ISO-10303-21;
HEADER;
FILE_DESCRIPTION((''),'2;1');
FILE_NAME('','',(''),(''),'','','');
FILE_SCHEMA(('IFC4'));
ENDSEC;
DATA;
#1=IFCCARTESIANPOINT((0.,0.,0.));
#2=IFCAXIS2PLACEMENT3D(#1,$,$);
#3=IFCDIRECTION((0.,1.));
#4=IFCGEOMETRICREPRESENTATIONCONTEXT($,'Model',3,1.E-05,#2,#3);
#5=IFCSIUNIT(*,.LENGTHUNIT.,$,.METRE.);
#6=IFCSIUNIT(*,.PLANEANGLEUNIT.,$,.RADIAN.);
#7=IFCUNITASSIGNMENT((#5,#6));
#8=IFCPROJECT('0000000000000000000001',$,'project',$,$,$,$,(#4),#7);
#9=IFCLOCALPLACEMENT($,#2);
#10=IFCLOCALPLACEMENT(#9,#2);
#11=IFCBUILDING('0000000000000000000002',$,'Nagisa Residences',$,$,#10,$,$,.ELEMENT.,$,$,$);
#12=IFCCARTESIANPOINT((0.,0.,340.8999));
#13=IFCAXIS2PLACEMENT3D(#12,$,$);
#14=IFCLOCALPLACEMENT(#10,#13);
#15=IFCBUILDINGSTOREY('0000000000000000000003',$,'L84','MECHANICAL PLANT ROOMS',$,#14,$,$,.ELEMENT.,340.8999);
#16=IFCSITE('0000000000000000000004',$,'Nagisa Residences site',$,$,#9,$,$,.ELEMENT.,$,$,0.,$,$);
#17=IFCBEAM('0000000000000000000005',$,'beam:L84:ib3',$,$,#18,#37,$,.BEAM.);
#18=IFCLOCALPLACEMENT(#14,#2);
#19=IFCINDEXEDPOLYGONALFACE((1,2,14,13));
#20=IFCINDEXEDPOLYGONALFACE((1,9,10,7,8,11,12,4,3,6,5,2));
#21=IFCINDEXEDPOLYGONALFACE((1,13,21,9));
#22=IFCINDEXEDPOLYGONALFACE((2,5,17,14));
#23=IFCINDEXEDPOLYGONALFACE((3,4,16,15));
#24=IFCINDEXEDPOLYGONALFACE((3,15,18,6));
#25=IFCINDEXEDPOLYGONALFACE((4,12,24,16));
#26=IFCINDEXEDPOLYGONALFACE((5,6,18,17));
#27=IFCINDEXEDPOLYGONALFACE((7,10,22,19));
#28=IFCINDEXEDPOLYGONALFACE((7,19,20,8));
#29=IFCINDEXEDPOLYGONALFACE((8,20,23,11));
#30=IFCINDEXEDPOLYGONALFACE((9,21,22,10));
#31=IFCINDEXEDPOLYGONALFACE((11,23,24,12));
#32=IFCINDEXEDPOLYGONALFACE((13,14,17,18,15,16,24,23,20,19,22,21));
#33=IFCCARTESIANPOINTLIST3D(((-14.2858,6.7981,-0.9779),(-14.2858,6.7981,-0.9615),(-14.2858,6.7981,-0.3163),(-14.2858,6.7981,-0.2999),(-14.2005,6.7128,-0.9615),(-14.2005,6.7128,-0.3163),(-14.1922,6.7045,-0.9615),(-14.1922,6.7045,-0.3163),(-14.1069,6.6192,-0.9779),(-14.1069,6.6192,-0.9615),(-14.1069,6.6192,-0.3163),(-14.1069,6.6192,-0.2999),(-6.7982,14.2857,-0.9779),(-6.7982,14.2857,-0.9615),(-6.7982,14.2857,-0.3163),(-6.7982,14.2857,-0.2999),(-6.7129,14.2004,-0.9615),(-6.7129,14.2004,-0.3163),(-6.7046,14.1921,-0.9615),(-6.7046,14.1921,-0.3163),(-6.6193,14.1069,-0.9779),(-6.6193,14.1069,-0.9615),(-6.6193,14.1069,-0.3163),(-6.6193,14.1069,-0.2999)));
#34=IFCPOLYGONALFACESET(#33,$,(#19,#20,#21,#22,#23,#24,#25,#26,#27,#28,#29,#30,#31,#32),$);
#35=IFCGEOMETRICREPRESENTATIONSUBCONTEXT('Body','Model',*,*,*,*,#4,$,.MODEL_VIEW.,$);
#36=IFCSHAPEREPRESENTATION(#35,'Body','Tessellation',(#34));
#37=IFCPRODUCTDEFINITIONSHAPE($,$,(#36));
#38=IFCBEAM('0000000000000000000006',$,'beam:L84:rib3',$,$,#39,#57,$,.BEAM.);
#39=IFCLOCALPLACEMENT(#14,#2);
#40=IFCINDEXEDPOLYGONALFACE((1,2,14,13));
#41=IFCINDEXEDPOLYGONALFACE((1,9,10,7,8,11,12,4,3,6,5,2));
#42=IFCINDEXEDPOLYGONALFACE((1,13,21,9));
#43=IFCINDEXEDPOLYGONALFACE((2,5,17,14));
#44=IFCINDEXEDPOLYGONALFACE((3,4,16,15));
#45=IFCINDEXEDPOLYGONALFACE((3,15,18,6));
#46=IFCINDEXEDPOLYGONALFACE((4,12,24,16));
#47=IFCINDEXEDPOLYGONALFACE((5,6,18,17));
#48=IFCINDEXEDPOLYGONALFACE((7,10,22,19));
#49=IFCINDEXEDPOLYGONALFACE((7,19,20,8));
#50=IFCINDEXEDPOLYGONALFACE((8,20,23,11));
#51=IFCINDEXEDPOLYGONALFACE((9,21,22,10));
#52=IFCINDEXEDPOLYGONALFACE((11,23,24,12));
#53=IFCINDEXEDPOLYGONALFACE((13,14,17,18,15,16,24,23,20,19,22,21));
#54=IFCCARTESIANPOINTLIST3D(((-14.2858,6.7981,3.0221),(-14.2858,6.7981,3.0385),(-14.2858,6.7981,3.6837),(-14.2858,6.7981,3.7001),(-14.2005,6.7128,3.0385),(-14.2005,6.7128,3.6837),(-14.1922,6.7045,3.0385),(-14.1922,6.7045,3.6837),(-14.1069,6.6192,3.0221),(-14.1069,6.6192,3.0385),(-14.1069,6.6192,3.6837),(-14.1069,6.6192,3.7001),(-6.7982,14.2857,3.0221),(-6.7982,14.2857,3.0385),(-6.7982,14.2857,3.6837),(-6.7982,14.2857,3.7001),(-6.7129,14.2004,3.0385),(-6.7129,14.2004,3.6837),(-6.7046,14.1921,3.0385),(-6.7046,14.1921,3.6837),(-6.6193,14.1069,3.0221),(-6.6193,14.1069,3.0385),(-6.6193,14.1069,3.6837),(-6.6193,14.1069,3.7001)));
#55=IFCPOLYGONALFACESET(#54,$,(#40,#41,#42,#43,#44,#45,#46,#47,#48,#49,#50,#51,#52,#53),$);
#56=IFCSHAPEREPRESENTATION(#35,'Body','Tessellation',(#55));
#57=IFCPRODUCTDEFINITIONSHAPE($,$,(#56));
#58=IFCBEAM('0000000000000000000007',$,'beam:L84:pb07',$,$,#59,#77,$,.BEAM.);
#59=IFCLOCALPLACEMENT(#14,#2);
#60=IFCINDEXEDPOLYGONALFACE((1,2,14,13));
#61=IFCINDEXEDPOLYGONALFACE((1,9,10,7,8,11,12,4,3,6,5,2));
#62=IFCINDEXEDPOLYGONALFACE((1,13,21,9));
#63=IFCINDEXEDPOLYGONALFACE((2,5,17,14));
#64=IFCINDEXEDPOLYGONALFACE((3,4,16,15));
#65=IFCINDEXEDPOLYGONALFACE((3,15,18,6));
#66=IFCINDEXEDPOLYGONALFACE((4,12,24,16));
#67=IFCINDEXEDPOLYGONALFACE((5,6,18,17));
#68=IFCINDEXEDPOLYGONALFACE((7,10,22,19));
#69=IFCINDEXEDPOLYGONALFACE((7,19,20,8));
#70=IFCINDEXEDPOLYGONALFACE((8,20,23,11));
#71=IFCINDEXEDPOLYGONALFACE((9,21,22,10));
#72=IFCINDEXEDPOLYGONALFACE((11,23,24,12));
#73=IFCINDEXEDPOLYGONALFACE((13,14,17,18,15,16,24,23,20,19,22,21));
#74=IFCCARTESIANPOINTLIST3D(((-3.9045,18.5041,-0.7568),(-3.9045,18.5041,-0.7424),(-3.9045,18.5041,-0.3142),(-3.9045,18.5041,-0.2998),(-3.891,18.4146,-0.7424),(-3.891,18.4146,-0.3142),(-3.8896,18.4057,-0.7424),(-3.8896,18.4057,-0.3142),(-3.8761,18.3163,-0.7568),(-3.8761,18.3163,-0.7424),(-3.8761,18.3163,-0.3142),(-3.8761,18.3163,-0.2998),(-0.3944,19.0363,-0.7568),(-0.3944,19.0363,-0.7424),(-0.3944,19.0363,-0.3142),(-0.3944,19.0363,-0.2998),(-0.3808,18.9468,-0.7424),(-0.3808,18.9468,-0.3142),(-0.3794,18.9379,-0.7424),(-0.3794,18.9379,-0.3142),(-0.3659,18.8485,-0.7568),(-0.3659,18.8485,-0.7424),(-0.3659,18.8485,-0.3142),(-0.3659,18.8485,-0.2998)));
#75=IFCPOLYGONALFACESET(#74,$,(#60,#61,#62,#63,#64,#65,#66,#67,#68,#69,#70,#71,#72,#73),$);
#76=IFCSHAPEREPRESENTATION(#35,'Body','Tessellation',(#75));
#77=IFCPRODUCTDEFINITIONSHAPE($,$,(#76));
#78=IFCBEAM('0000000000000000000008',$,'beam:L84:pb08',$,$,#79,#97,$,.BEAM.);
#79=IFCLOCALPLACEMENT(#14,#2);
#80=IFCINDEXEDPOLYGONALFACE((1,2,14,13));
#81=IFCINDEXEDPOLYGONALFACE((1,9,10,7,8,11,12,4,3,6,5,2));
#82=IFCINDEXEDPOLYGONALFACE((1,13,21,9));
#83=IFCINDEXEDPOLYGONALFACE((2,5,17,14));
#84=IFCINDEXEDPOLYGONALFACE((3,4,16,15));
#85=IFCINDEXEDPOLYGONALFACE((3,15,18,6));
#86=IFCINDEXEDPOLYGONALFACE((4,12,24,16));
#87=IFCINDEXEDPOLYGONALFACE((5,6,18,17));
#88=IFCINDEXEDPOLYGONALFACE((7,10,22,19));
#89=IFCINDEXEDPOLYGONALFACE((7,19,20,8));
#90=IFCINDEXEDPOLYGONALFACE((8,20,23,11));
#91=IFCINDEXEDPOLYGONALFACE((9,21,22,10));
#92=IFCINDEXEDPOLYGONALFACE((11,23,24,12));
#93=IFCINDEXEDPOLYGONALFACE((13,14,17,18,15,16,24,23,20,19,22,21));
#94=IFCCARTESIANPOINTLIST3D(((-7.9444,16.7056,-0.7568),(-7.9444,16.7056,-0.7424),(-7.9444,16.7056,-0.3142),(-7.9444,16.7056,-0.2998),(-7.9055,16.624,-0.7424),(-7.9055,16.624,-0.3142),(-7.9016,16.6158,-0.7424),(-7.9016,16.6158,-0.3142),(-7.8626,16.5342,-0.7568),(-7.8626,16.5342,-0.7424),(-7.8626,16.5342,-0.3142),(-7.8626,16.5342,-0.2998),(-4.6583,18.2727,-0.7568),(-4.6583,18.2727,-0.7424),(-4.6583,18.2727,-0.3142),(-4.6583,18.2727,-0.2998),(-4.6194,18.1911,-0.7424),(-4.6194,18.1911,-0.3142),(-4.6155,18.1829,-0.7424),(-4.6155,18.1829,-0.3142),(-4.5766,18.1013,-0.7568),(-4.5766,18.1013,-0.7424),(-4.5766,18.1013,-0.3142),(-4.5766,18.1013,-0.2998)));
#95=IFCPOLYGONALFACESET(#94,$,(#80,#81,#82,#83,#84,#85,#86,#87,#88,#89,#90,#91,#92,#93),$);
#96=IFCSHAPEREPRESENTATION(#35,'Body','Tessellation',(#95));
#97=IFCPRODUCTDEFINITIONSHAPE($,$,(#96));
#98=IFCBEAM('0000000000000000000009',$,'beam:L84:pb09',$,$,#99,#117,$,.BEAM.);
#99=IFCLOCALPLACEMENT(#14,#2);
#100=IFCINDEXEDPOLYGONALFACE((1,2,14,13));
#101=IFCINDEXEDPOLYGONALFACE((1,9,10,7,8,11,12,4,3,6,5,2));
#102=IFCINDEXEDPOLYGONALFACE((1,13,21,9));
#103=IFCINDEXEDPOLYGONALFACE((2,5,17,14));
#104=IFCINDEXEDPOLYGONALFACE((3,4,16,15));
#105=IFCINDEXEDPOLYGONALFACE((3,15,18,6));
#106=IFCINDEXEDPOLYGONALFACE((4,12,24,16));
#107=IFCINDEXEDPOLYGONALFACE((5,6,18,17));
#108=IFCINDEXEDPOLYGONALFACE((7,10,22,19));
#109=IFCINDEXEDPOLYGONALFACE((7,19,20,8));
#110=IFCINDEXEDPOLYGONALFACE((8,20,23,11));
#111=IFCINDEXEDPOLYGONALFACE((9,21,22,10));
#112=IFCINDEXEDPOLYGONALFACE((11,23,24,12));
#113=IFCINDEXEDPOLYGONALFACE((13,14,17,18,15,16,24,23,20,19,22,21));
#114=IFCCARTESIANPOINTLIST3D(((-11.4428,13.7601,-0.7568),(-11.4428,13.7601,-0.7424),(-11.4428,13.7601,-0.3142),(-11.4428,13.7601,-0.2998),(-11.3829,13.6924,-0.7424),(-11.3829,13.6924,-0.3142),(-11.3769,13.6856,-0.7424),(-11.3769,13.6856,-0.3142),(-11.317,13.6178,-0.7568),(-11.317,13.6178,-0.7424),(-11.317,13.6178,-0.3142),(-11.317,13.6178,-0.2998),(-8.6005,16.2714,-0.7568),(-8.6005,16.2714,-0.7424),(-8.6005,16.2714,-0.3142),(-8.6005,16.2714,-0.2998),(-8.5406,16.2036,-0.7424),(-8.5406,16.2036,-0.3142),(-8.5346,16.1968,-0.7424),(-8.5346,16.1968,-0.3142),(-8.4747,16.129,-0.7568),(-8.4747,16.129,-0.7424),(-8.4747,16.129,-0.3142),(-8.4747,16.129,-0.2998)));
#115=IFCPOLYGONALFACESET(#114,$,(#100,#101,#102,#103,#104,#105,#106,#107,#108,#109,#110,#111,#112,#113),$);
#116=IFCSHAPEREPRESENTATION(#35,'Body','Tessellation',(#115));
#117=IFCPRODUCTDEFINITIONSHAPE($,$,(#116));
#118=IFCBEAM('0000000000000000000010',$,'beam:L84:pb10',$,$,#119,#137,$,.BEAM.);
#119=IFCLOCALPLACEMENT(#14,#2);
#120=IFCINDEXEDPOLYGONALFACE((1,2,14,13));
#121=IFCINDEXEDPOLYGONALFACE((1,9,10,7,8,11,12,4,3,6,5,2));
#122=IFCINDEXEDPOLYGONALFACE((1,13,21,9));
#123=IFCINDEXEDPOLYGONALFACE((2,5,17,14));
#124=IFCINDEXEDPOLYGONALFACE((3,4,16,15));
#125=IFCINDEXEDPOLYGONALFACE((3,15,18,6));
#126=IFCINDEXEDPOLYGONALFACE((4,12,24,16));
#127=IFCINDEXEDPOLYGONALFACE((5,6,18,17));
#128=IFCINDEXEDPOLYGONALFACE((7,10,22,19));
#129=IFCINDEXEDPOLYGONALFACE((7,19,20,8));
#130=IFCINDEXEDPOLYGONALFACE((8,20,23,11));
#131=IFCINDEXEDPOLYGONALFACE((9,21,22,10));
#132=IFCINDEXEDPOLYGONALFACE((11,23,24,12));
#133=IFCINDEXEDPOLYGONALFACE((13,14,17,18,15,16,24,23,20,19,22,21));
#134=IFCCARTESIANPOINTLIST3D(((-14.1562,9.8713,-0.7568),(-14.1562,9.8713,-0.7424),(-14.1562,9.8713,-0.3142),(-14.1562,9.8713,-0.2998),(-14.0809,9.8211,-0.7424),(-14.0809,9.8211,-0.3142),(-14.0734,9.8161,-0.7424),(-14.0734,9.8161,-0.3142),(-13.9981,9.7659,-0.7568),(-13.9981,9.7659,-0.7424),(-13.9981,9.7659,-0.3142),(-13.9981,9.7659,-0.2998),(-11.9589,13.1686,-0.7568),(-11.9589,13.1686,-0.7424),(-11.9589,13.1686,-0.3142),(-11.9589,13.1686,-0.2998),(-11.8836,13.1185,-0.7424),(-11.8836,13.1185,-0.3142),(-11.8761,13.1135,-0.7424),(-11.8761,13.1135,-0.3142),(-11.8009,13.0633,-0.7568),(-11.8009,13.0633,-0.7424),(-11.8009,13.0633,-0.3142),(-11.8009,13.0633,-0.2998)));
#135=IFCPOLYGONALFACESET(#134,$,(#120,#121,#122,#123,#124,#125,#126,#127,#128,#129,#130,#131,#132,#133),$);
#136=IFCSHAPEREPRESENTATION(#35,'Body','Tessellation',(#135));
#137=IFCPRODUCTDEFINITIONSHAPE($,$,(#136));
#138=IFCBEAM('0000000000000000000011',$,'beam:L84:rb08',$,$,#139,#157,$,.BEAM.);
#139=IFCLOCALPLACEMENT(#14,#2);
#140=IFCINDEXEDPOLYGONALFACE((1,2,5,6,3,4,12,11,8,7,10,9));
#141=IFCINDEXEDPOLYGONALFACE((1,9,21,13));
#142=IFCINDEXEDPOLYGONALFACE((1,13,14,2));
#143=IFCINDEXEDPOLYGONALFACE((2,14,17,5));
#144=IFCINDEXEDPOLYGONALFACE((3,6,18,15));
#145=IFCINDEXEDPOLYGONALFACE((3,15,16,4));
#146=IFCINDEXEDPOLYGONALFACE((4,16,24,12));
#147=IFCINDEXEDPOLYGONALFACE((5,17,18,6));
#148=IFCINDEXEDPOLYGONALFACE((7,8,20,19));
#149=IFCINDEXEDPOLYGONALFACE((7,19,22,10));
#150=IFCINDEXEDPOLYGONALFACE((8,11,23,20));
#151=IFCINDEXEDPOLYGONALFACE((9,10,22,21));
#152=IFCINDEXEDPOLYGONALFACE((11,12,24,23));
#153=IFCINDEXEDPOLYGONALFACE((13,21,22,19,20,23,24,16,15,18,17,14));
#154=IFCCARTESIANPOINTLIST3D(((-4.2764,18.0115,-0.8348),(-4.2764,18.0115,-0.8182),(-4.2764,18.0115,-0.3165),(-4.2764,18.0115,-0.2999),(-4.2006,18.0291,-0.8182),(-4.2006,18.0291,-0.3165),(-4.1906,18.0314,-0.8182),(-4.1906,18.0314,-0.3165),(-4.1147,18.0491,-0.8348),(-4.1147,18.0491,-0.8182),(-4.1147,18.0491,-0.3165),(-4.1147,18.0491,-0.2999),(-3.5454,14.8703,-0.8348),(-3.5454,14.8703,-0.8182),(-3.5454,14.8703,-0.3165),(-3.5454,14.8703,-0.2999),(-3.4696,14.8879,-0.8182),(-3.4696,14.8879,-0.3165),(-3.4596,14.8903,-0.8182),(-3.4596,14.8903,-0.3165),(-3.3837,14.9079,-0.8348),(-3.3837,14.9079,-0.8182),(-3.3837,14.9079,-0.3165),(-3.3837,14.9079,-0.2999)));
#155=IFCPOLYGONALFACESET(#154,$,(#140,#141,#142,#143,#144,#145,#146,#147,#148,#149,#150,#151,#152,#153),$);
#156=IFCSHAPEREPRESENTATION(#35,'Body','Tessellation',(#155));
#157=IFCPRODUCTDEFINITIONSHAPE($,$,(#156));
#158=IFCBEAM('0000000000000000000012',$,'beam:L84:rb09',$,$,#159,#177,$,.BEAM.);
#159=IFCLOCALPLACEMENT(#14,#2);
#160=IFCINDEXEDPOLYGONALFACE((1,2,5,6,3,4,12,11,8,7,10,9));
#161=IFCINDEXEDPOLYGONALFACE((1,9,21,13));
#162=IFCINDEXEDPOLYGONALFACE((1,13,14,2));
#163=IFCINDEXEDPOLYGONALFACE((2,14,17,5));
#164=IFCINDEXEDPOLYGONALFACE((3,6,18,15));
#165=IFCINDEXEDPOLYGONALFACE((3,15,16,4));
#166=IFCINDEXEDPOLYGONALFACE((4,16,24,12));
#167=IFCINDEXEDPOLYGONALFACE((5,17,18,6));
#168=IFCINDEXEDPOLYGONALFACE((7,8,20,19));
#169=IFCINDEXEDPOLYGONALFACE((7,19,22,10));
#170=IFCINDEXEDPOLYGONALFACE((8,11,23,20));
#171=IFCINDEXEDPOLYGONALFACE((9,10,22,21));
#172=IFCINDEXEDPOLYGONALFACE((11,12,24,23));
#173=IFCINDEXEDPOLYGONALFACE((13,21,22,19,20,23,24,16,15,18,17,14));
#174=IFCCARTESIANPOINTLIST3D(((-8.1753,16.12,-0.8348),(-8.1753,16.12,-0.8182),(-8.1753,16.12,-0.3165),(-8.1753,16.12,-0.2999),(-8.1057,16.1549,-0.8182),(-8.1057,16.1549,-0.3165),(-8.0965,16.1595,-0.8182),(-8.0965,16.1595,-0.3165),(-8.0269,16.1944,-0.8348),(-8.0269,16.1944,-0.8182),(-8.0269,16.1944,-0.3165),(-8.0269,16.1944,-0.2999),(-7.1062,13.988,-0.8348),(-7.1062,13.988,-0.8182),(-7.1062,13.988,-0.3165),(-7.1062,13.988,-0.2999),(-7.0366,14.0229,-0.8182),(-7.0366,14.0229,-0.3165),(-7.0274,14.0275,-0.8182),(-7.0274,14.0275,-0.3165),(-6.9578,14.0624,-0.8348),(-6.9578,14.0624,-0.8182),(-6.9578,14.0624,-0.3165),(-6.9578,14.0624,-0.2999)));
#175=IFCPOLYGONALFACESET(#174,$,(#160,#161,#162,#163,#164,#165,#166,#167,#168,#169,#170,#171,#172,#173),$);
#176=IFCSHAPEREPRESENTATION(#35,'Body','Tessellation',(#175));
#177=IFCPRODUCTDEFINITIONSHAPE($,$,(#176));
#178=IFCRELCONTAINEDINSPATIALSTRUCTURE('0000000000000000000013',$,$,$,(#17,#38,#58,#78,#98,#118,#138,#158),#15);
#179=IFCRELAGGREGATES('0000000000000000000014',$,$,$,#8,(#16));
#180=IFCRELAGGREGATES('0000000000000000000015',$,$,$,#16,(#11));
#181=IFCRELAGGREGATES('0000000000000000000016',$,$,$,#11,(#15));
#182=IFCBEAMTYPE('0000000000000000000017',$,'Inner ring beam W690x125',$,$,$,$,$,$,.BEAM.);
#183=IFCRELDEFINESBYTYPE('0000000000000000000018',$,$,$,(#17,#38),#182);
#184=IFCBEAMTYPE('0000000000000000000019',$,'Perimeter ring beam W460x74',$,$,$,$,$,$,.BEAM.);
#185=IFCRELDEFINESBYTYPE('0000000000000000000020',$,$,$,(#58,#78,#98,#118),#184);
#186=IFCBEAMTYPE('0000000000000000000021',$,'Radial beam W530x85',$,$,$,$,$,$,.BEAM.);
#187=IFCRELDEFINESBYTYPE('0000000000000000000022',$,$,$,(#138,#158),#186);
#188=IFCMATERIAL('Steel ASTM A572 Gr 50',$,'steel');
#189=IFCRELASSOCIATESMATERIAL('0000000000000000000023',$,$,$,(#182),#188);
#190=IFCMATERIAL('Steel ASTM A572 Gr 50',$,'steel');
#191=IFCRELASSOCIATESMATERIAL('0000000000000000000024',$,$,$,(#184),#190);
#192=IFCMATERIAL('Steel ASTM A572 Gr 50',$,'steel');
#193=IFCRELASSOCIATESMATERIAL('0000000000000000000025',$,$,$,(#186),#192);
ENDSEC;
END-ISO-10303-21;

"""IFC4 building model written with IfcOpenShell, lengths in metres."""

from ifc_helpers import new_model, si_unit, direction, frame, origin, origin_2d, place, context, subcontext, project, spatial, i_section, extrude, material, material_profile, profile_set, type_object, element, save


model = new_model("IFC4")

# Units and contexts
model_context = context("Model", 3, precision=1e-05, world=origin(), true_north=direction((0.0, 1.0)))
body_context = subcontext(model_context, "Body", "Model", "MODEL_VIEW")
ifc_project = project(units=[si_unit("LENGTHUNIT", "METRE"), si_unit("PLANEANGLEUNIT", "RADIAN")], contexts=[model_context])

# Site, building, storey
site_placement = place(None, origin())
site = spatial("IfcSite", under=ifc_project, at=site_placement, Name="Nagisa Residences site", CompositionType="ELEMENT", RefElevation=0.0)
building_placement = place(site_placement, origin())
building = spatial("IfcBuilding", under=site, at=building_placement, Name="Nagisa Residences", CompositionType="ELEMENT")
storey_placement = place(building_placement, frame((0.0, 0.0, 340.8999)))
storey = spatial("IfcBuildingStorey", under=building, at=storey_placement, Name="L84", Description="MECHANICAL PLANT ROOMS", CompositionType="ELEMENT", Elevation=340.8999)

# Beams
ifc_material_1 = material(Name="Steel ASTM A572 Gr 50", Category="steel")
ifc_material_profile_1 = material_profile(ifc_material_1, i_section(OverallWidth=0.2529, OverallDepth=0.678, WebThickness=0.0117, FlangeThickness=0.0164, at=origin_2d()), Name="W690x125")
ifc_profile_set_1 = profile_set([ifc_material_profile_1], Name="Steel ASTM A572 Gr 50")
beam_type_1 = type_object("IfcBeamType", Name="Inner ring beam W690x125", PredefinedType="BEAM", material=ifc_profile_set_1)
for number, where, z_axis, x_axis, name in (
    (1, (-6.7087, 14.1963, -0.6389), (-0.707107, -0.707107, 0.0), (0.707107, -0.707107, 0.0), "beam:L84:ib3"),
    (2, (-6.7087, 14.1963, 3.3611), (-0.707107, -0.707107, 0.0), (0.707107, -0.707107, 0.0), "beam:L84:rib3"),
):
    element("IfcBeam", number, at=place(storey_placement, frame(where, z_axis=z_axis, x_axis=x_axis)), inside=storey, type_object=beam_type_1, Name=name, PredefinedType="BEAM", context=body_context, shape_type="SweptSolid", body=[
        extrude(i_section(OverallWidth=0.2529, OverallDepth=0.678, WebThickness=0.0117, FlangeThickness=0.0164, at=origin_2d()), origin(), (0.0, 0.0, 1.0), 10.5891),
    ])
ifc_material_2 = material(Name="Steel ASTM A572 Gr 50", Category="steel")
ifc_material_profile_2 = material_profile(ifc_material_2, i_section(OverallWidth=0.1899, OverallDepth=0.457, WebThickness=0.009, FlangeThickness=0.0144, at=origin_2d()), Name="W460x74")
ifc_profile_set_2 = profile_set([ifc_material_profile_2], Name="Steel ASTM A572 Gr 50")
beam_type_2 = type_object("IfcBeamType", Name="Perimeter ring beam W460x74", PredefinedType="BEAM", material=ifc_profile_set_2)
beam_1_placement = place(storey_placement, frame((-0.3801, 18.9424, -0.5283), z_axis=(-0.9887, -0.149907, 0.0), x_axis=(0.149907, -0.9887, 0.0)))
element("IfcBeam", 3, at=beam_1_placement, inside=storey, type_object=beam_type_2, Name="beam:L84:pb07", PredefinedType="BEAM", context=body_context, shape_type="SweptSolid", body=[
    extrude(i_section(OverallWidth=0.1899, OverallDepth=0.457, WebThickness=0.009, FlangeThickness=0.0144, at=origin_2d()), origin(), (0.0, 0.0, 1.0), 3.5503),
])
beam_2_placement = place(storey_placement, frame((-4.6174, 18.187, -0.5283), z_axis=(-0.902614, -0.430452, 0.0), x_axis=(0.430452, -0.902614, 0.0)))
element("IfcBeam", 4, at=beam_2_placement, inside=storey, type_object=beam_type_2, Name="beam:L84:pb08", PredefinedType="BEAM", context=body_context, shape_type="SweptSolid", body=[
    extrude(i_section(OverallWidth=0.1899, OverallDepth=0.457, WebThickness=0.009, FlangeThickness=0.0144, at=origin_2d()), origin(), (0.0, 0.0, 1.0), 3.6406),
])
beam_3_placement = place(storey_placement, frame((-8.5376, 16.2002, -0.5283), z_axis=(-0.749402, -0.662115, 0.0), x_axis=(0.662115, -0.749402, 0.0)))
element("IfcBeam", 5, at=beam_3_placement, inside=storey, type_object=beam_type_2, Name="beam:L84:pb09", PredefinedType="BEAM", context=body_context, shape_type="SweptSolid", body=[
    extrude(i_section(OverallWidth=0.1899, OverallDepth=0.457, WebThickness=0.009, FlangeThickness=0.0144, at=origin_2d()), origin(), (0.0, 0.0, 1.0), 3.7927),
])
beam_4_placement = place(storey_placement, frame((-11.8799, 13.116, -0.5283), z_axis=(-0.55453, -0.832164, 0.0), x_axis=(0.832164, -0.55453, 0.0)))
element("IfcBeam", 6, at=beam_4_placement, inside=storey, type_object=beam_type_2, Name="beam:L84:pb10", PredefinedType="BEAM", context=body_context, shape_type="SweptSolid", body=[
    extrude(i_section(OverallWidth=0.1899, OverallDepth=0.457, WebThickness=0.009, FlangeThickness=0.0144, at=origin_2d()), origin(), (0.0, 0.0, 1.0), 3.9624),
])
ifc_material_3 = material(Name="Steel ASTM A572 Gr 50", Category="steel")
ifc_material_profile_3 = material_profile(ifc_material_3, i_section(OverallWidth=0.166, OverallDepth=0.5349, WebThickness=0.0103, FlangeThickness=0.0166, at=origin_2d()), Name="W530x85")
ifc_profile_set_3 = profile_set([ifc_material_profile_3], Name="Steel ASTM A572 Gr 50")
beam_type_3 = type_object("IfcBeamType", Name="Radial beam W530x85", PredefinedType="BEAM", material=ifc_profile_set_3)
beam_5_placement = place(storey_placement, frame((-4.1956, 18.0303, -0.5674), z_axis=(0.22665, -0.973976, 0.0), x_axis=(0.973976, 0.22665, 0.0)))
element("IfcBeam", 7, at=beam_5_placement, inside=storey, type_object=beam_type_3, Name="beam:L84:rb08", PredefinedType="BEAM", context=body_context, shape_type="SweptSolid", body=[
    extrude(i_section(OverallWidth=0.166, OverallDepth=0.5349, WebThickness=0.0103, FlangeThickness=0.0166, at=origin_2d()), origin(), (0.0, 0.0, 1.0), 3.2251),
])
beam_6_placement = place(storey_placement, frame((-8.1011, 16.1572, -0.5674), z_axis=(0.448237, -0.893915, 0.0), x_axis=(0.893915, 0.448237, 0.0)))
element("IfcBeam", 8, at=beam_6_placement, inside=storey, type_object=beam_type_3, Name="beam:L84:rb09", PredefinedType="BEAM", context=body_context, shape_type="SweptSolid", body=[
    extrude(i_section(OverallWidth=0.166, OverallDepth=0.5349, WebThickness=0.0103, FlangeThickness=0.0166, at=origin_2d()), origin(), (0.0, 0.0, 1.0), 2.385),
])

save(model, "model.ifc")
